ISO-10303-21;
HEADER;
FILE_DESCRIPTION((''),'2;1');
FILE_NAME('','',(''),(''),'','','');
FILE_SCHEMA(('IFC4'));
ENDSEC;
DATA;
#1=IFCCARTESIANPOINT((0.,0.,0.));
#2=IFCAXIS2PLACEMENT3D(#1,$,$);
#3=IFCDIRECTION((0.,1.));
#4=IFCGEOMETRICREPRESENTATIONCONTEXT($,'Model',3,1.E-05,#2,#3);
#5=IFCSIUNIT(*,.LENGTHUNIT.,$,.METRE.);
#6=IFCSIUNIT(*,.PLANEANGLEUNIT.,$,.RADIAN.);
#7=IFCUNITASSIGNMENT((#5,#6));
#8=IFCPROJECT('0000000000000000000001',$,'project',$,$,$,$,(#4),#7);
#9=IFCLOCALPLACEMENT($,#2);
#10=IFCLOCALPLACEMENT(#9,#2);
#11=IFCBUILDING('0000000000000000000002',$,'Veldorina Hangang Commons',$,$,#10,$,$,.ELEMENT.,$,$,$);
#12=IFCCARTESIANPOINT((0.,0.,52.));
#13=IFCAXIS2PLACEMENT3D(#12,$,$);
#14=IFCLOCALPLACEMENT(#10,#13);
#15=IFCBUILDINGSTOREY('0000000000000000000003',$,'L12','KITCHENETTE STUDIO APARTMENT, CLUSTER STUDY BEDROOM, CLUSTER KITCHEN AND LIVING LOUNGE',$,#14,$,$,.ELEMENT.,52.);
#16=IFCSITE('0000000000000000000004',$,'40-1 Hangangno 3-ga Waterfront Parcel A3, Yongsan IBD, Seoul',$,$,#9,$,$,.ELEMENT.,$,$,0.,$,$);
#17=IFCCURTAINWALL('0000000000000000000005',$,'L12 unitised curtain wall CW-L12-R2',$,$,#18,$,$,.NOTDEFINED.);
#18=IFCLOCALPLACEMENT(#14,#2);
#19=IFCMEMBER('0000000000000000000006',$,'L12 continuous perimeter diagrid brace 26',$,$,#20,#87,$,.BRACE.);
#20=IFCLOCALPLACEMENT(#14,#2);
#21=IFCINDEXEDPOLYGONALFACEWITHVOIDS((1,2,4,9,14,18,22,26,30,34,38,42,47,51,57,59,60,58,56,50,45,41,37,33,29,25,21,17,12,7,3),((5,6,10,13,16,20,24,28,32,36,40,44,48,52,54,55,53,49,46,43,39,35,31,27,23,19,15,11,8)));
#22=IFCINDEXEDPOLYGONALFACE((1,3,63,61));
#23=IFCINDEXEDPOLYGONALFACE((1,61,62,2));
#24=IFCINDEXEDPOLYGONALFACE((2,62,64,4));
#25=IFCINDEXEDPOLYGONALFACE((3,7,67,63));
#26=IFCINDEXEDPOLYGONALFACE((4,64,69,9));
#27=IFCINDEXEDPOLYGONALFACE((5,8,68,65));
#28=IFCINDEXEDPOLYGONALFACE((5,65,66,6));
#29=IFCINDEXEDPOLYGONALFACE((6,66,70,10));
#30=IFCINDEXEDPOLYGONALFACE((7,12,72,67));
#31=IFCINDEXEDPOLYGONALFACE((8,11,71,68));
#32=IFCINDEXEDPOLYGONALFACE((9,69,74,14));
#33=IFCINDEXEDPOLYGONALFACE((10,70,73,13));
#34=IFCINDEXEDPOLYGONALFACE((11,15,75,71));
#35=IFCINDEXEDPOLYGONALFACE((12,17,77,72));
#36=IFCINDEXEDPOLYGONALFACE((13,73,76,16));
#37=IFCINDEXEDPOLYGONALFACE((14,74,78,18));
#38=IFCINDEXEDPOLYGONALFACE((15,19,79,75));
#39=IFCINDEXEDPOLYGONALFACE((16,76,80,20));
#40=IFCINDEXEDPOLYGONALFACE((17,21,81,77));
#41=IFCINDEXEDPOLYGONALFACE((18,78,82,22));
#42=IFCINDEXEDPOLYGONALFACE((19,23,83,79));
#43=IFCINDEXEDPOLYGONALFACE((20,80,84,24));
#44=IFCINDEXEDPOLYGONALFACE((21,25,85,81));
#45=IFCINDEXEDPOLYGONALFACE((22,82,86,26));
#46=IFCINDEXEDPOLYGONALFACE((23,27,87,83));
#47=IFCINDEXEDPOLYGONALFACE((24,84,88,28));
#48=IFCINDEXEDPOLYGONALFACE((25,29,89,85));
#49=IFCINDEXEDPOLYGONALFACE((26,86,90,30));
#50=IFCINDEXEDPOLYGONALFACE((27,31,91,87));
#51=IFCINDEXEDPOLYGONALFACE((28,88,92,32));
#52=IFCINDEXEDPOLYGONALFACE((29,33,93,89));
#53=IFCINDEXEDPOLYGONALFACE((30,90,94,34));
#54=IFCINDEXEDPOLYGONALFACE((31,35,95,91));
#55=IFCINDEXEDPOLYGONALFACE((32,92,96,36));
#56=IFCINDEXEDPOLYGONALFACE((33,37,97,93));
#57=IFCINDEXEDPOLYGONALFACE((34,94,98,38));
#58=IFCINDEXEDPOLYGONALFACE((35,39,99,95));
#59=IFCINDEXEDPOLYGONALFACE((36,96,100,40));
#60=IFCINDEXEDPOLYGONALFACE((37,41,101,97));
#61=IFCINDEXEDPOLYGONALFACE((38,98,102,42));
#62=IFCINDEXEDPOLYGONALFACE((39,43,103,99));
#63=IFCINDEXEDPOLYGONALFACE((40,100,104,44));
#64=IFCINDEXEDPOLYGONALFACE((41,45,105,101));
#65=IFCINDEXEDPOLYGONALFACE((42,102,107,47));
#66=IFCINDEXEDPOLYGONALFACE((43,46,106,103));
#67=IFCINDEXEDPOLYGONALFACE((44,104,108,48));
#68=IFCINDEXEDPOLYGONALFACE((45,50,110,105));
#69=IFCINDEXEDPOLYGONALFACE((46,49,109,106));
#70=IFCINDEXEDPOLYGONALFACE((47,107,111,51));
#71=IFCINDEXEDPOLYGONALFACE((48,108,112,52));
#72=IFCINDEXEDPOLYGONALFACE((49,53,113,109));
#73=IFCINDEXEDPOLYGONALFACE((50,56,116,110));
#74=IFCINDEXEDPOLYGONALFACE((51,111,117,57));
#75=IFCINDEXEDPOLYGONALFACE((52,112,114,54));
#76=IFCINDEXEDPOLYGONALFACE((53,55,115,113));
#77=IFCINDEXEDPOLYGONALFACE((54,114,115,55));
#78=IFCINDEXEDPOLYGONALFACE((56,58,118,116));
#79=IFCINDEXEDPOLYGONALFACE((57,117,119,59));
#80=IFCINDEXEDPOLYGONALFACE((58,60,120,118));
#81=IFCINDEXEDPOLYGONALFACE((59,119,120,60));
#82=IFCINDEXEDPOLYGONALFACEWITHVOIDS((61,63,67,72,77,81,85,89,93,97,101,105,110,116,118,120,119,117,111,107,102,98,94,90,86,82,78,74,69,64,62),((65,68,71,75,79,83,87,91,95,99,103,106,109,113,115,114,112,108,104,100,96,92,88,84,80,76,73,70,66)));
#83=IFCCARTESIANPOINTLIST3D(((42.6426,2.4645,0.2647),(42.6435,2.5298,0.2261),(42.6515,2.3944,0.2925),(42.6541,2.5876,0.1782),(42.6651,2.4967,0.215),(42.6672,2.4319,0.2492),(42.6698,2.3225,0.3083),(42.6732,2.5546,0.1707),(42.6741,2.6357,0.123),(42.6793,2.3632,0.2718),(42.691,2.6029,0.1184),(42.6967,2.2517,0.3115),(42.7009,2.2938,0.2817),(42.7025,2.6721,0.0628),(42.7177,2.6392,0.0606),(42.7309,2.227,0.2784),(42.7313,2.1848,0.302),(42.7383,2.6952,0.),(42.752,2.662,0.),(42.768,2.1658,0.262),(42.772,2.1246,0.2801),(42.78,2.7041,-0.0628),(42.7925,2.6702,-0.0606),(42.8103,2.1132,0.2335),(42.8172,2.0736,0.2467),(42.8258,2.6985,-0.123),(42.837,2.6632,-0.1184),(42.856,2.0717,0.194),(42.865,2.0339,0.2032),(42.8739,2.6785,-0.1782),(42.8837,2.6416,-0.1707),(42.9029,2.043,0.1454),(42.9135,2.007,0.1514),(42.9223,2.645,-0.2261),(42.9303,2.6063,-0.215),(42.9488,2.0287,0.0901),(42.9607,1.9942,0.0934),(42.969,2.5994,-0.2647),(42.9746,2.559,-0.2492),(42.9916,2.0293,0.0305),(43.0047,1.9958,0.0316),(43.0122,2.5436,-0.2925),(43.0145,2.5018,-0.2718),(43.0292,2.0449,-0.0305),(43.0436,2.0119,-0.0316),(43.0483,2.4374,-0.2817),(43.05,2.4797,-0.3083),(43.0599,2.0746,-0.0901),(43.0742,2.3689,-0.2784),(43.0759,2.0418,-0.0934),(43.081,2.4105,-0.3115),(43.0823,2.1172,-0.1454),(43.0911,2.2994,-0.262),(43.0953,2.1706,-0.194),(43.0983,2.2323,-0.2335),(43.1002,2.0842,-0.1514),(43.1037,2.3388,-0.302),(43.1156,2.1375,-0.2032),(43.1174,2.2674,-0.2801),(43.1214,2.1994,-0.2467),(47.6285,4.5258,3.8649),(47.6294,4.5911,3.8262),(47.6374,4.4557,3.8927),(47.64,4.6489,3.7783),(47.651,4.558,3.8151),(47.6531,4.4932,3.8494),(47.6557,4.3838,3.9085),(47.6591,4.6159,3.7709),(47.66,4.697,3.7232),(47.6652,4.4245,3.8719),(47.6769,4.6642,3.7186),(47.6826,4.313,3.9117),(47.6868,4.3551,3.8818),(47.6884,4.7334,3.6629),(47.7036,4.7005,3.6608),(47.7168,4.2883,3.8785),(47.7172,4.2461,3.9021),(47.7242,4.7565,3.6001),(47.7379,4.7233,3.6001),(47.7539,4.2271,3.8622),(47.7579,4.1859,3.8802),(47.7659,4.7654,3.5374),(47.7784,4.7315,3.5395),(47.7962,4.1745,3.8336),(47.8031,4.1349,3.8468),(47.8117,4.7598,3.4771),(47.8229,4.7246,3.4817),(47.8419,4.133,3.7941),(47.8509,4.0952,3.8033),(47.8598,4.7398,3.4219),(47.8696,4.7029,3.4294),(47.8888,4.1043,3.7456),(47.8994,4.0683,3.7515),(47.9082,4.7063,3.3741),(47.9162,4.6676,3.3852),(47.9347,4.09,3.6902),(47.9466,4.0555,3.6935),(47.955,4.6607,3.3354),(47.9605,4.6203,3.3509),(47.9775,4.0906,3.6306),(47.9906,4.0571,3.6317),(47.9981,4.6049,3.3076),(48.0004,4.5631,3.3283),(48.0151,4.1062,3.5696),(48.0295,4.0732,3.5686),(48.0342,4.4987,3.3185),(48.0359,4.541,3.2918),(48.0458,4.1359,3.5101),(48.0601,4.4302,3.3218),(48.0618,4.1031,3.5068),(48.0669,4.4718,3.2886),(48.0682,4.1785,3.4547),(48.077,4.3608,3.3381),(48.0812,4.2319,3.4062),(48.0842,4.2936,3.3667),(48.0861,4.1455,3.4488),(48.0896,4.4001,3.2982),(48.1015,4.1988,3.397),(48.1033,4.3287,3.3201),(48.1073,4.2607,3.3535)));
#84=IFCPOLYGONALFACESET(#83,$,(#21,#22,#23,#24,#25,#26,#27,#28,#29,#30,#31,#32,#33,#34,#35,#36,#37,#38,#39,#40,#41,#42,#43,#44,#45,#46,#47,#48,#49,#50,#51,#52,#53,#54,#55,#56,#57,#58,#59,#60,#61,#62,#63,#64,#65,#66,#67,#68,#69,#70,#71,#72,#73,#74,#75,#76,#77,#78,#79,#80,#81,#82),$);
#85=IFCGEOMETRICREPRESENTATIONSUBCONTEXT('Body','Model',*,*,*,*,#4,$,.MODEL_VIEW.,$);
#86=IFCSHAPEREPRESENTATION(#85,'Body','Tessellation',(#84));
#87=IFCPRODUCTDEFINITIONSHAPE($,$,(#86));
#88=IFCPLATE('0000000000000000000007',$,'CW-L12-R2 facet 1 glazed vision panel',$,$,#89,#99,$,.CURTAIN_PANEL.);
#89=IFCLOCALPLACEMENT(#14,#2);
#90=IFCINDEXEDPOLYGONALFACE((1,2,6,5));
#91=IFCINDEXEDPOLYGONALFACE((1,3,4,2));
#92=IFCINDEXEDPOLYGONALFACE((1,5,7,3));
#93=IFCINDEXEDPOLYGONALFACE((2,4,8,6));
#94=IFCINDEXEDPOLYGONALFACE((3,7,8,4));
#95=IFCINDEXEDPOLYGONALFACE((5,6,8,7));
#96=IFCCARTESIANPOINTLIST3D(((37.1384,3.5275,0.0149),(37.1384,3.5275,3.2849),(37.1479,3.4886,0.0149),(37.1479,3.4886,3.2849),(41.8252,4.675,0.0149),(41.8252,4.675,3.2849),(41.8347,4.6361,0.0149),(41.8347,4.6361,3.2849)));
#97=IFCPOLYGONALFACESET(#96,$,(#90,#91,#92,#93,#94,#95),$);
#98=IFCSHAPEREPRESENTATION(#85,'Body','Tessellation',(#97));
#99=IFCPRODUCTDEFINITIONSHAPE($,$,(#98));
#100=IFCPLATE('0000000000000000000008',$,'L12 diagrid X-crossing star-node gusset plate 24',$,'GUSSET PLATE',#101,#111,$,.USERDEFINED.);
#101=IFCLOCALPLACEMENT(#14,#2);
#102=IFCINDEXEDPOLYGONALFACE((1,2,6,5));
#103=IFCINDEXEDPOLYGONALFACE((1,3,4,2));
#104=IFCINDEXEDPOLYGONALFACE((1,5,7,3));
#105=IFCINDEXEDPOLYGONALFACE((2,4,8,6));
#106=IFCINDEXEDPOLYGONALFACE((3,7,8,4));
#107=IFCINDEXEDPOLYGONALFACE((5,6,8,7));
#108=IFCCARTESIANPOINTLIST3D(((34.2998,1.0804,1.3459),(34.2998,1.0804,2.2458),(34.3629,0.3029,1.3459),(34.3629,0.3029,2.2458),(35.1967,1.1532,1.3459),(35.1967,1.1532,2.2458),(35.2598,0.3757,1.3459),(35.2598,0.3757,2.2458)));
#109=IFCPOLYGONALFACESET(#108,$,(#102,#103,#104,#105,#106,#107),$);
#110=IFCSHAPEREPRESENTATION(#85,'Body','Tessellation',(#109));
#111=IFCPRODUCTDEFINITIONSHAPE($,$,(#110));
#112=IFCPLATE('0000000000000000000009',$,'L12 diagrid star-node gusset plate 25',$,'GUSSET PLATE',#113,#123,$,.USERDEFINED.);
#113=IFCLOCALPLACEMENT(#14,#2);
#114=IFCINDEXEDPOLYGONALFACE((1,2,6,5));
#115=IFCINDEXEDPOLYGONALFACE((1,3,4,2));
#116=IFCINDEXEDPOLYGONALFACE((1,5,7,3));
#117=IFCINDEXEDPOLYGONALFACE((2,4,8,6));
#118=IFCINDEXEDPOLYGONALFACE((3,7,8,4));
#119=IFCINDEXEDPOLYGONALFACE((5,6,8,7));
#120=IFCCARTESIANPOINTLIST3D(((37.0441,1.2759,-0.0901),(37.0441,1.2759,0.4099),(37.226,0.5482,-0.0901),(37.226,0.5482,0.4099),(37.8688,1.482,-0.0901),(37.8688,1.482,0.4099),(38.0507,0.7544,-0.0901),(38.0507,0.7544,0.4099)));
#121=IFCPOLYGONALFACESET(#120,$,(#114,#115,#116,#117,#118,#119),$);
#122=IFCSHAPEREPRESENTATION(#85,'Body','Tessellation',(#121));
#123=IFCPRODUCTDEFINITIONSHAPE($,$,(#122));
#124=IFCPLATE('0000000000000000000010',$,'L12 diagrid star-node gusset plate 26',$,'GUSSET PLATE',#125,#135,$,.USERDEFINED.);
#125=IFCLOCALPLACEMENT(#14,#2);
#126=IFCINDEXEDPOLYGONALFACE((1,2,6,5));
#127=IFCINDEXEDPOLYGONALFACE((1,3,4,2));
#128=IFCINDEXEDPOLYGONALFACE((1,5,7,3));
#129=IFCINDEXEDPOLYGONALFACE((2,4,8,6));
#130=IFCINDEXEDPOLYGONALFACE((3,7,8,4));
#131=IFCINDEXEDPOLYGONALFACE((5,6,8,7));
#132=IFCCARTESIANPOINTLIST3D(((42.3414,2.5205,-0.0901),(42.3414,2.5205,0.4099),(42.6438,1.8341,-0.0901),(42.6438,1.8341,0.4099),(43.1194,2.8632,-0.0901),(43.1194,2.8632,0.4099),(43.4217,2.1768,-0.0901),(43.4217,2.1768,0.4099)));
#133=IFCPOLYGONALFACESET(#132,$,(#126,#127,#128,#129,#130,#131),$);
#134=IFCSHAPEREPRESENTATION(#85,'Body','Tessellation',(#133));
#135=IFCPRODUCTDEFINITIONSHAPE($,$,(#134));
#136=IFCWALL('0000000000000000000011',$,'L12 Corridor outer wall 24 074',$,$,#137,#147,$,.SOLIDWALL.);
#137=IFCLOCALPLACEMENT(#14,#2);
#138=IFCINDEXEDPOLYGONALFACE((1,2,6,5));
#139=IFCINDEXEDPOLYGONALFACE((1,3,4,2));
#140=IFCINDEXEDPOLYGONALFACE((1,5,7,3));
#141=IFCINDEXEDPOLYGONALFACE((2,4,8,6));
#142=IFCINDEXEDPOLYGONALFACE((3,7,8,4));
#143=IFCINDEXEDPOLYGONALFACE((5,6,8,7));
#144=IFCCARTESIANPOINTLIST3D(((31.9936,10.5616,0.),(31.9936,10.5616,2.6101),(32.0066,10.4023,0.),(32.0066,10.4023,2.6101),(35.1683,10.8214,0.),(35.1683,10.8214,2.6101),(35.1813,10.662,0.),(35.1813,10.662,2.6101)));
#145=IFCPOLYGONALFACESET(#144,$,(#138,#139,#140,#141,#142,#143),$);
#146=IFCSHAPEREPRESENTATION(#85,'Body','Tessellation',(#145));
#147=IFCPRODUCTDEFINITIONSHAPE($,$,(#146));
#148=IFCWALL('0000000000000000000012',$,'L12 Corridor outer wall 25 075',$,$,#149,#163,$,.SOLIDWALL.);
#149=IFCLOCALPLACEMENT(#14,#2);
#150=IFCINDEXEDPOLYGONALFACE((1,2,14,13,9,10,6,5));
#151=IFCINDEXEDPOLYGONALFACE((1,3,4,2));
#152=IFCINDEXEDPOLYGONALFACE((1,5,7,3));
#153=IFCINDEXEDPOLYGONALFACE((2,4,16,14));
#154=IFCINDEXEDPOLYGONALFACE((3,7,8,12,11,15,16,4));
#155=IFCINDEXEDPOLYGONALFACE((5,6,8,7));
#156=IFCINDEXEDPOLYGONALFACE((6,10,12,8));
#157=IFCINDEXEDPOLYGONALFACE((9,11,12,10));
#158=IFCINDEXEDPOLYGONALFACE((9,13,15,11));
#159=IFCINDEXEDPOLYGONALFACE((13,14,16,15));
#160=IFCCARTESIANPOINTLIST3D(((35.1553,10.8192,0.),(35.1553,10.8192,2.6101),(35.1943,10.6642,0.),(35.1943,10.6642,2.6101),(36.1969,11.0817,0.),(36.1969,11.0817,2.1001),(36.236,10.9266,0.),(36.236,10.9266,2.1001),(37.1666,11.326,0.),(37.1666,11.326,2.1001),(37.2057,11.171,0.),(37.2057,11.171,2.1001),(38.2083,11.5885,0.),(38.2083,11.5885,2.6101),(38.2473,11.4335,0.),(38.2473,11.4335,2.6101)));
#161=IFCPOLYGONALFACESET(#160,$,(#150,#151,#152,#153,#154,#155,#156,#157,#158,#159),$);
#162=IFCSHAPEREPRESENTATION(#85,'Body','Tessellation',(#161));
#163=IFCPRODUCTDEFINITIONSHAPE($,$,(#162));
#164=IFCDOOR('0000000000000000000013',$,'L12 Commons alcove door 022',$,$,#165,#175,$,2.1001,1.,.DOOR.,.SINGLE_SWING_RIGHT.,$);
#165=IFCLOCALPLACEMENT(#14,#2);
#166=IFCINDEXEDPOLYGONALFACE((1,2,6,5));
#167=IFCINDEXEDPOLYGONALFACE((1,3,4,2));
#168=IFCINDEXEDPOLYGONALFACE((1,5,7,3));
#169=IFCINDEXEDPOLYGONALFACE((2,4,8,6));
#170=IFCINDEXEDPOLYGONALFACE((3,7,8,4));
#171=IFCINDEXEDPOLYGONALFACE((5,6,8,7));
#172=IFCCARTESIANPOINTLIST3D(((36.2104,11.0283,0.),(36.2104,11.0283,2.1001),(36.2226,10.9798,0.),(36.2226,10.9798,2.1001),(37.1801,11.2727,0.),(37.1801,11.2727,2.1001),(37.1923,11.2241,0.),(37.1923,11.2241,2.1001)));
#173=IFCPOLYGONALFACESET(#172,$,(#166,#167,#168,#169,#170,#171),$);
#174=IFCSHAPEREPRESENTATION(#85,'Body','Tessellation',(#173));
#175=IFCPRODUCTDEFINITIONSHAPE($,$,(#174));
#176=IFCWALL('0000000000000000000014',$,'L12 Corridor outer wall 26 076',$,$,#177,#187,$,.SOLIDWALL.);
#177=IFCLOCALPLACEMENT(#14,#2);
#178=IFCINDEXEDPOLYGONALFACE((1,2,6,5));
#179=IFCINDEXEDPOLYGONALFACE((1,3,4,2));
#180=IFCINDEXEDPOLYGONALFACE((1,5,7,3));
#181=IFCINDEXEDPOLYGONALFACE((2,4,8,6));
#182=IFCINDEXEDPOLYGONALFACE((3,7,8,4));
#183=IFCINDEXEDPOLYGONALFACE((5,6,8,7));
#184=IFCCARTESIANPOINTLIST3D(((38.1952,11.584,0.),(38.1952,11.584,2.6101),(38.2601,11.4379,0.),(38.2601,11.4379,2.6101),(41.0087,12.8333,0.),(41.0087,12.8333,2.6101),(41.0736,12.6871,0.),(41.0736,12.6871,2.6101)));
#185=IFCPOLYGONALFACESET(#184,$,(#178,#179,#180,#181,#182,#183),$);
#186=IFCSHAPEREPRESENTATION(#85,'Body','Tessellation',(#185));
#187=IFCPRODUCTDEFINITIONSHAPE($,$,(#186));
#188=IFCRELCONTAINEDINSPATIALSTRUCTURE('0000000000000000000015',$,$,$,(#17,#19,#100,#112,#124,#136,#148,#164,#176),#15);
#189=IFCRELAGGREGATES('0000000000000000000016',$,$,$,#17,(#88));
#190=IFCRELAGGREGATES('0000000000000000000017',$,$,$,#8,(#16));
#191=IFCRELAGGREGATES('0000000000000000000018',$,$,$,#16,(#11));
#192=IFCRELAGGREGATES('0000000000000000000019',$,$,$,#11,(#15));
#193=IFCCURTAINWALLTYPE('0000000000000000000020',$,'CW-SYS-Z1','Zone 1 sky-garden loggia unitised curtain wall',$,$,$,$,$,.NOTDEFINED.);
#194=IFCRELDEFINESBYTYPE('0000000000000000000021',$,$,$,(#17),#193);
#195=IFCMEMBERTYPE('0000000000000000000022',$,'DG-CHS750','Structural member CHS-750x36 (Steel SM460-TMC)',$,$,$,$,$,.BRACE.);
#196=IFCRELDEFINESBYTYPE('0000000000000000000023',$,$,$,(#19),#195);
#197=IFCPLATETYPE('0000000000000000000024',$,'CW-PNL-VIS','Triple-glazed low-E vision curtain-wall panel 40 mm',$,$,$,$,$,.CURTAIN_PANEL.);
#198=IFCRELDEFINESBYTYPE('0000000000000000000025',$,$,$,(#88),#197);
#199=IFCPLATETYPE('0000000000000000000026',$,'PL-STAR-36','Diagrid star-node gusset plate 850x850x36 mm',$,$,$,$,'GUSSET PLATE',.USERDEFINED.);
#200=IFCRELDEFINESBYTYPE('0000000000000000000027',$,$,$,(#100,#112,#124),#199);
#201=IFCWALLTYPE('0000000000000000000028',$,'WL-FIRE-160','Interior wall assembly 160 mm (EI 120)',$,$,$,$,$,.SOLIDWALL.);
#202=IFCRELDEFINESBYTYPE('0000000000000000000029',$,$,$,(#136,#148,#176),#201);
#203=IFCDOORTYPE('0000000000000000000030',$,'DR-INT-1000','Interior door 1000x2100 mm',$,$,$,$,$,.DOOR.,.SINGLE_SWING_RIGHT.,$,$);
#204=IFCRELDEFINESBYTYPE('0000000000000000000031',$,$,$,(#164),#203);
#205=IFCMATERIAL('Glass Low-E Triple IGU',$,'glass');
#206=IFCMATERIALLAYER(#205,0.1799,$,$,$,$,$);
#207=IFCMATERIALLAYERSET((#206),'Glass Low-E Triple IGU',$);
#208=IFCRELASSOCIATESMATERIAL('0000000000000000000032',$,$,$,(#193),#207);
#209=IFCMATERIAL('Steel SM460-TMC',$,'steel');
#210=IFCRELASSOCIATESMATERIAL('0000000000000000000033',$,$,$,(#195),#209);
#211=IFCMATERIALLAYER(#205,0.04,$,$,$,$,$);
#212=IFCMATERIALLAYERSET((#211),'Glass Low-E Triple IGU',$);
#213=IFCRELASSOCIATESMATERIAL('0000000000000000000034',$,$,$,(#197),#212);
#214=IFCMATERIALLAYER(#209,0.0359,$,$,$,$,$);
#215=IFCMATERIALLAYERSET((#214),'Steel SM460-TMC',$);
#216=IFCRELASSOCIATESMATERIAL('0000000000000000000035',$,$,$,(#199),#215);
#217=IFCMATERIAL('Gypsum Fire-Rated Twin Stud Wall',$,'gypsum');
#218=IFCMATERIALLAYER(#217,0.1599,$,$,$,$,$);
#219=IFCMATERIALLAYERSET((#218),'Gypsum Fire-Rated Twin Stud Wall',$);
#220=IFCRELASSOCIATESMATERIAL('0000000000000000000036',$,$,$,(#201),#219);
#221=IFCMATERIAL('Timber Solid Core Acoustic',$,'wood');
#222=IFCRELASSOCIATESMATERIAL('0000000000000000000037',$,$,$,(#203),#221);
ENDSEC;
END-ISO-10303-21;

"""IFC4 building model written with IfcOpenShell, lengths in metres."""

from ifc_helpers import new_model, si_unit, direction, frame, frame_2d, origin, origin_2d, place, context, subcontext, project, spatial, rectangle, hollow_circle, extrude, material, layer, layer_set, material_profile, profile_set, type_object, element, fill, aggregate, save


model = new_model("IFC4")

# Units and contexts
model_context = context("Model", 3, precision=1e-05, world=origin(), true_north=direction((0.0, 1.0)))
body_context = subcontext(model_context, "Body", "Model", "MODEL_VIEW")
ifc_project = project(units=[si_unit("LENGTHUNIT", "METRE"), si_unit("PLANEANGLEUNIT", "RADIAN")], contexts=[model_context])

# Site, building, storey
site_placement = place(None, origin())
site = spatial("IfcSite", under=ifc_project, at=site_placement, Name="40-1 Hangangno 3-ga Waterfront Parcel A3, Yongsan IBD, Seoul", CompositionType="ELEMENT", RefElevation=0.0)
building_placement = place(site_placement, origin())
building = spatial("IfcBuilding", under=site, at=building_placement, Name="Veldorina Hangang Commons", CompositionType="ELEMENT")
storey_placement = place(building_placement, frame((0.0, 0.0, 52.0)))
storey = spatial("IfcBuildingStorey", under=building, at=storey_placement, Name="L12", Description="KITCHENETTE STUDIO APARTMENT, CLUSTER STUDY BEDROOM, CLUSTER KITCHEN AND LIVING LOUNGE", CompositionType="ELEMENT", Elevation=52.0)

# Shared definitions
ifc_material_1 = material(Name="Steel SM460-TMC", Category="steel")

# Shared definitions
ifc_material_2 = material(Name="Glass Low-E Triple IGU", Category="glass")
ifc_layer_1 = layer(ifc_material_2, 0.1799)
ifc_layer_set_1 = layer_set([ifc_layer_1], Name="Glass Low-E Triple IGU")
curtain_wall_type = type_object("IfcCurtainWallType", Name="CW-SYS-Z1", Description="Zone 1 sky-garden loggia unitised curtain wall", PredefinedType="NOTDEFINED", material=ifc_layer_set_1)

# Curtain wall
curtain_wall_1_placement = place(storey_placement, origin())
curtain_wall_1 = element("IfcCurtainWall", 1, at=curtain_wall_1_placement, inside=storey, type_object=curtain_wall_type, Name="L12 unitised curtain wall CW-L12-R2", PredefinedType="NOTDEFINED")

# Member
ifc_material_profile_1 = material_profile(ifc_material_1, hollow_circle(Radius=0.375, WallThickness=0.0359, at=origin_2d()), Name="CHS-750x36")
ifc_profile_set_1 = profile_set([ifc_material_profile_1], Name="Steel SM460-TMC")
member_type_1 = type_object("IfcMemberType", Name="DG-CHS750", Description="Structural member CHS-750x36 (Steel SM460-TMC)", PredefinedType="BRACE", material=ifc_profile_set_1)
member_1_placement = place(storey_placement, frame((42.8816, 2.3486, 0.0), z_axis=(0.768708, 0.317804, 0.555057), x_axis=(-0.382063, 0.924136, 0.0)))
element("IfcMember", 2, at=member_1_placement, inside=storey, type_object=member_type_1, Name="L12 continuous perimeter diagrid brace 26", PredefinedType="BRACE", context=body_context, shape_type="SweptSolid", body=[
    extrude(hollow_circle(Radius=0.375, WallThickness=0.0359, at=origin_2d()), origin(), (0.0, 0.0, 1.0), 6.4861),
])

# Plate
ifc_layer_2 = layer(ifc_material_2, 0.04)
ifc_layer_set_2 = layer_set([ifc_layer_2], Name="Glass Low-E Triple IGU")
plate_type_1 = type_object("IfcPlateType", Name="CW-PNL-VIS", Description="Triple-glazed low-E vision curtain-wall panel 40 mm", PredefinedType="CURTAIN_PANEL", material=ifc_layer_set_2)
plate_1_placement = place(storey_placement, frame((39.4866, 4.0818, 0.0149), z_axis=(0.0, 0.0, 1.0), x_axis=(0.971313, 0.237805, 0.0)))
plate_1 = element("IfcPlate", 3, at=plate_1_placement, type_object=plate_type_1, Name="CW-L12-R2 facet 1 glazed vision panel", PredefinedType="CURTAIN_PANEL", context=body_context, shape_type="SweptSolid", body=[
    extrude(rectangle(XDim=4.8252, YDim=0.04, at=origin_2d()), origin(), (0.0, 0.0, 1.0), 3.27),
])
aggregate(curtain_wall_1, [plate_1])

# Plates
ifc_layer_3 = layer(ifc_material_1, 0.0359)
ifc_layer_set_3 = layer_set([ifc_layer_3], Name="Steel SM460-TMC")
plate_type_2 = type_object("IfcPlateType", Name="PL-STAR-36", Description="Diagrid star-node gusset plate 850x850x36 mm", ElementType="GUSSET PLATE", PredefinedType="USERDEFINED", material=ifc_layer_set_3)
plate_2_placement = place(storey_placement, frame((34.7798, 0.728, 1.3459), z_axis=(0.0, 0.0, 1.0), x_axis=(0.996721, 0.080912, 0.0)))
element("IfcPlate", 4, at=plate_2_placement, inside=storey, type_object=plate_type_2, Name="L12 diagrid X-crossing star-node gusset plate 24", ObjectType="GUSSET PLATE", PredefinedType="USERDEFINED", context=body_context, shape_type="SweptSolid", body=[
    extrude(rectangle(XDim=0.8999, YDim=0.78, at=origin_2d()), origin(), (0.0, 0.0, 1.0), 0.8999),
])
for number, where, z_axis, x_axis, name in (
    (5, (37.5474, 1.0151, -0.0901), (0.0, 0.0, 1.0), (0.970144, 0.242532, 0.0), "L12 diagrid star-node gusset plate 25"),
    (6, (42.8816, 2.3486, -0.0901), (0.0, 0.0, 1.0), (0.915143, 0.40313, 0.0), "L12 diagrid star-node gusset plate 26"),
):
    element("IfcPlate", number, at=place(storey_placement, frame(where, z_axis=z_axis, x_axis=x_axis)), inside=storey, type_object=plate_type_2, Name=name, ObjectType="GUSSET PLATE", PredefinedType="USERDEFINED", context=body_context, shape_type="SweptSolid", body=[
        extrude(rectangle(XDim=0.8501, YDim=0.75, at=origin_2d()), origin(), (0.0, 0.0, 1.0), 0.5),
    ])

# Wall
ifc_material_3 = material(Name="Gypsum Fire-Rated Twin Stud Wall", Category="gypsum")
ifc_layer_4 = layer(ifc_material_3, 0.1599)
ifc_layer_set_4 = layer_set([ifc_layer_4], Name="Gypsum Fire-Rated Twin Stud Wall")
wall_type_1 = type_object("IfcWallType", Name="WL-FIRE-160", Description="Interior wall assembly 160 mm (EI 120)", PredefinedType="SOLIDWALL", material=ifc_layer_set_4)
wall_1_placement = place(storey_placement, frame((32.0, 10.4819, 0.0), z_axis=(0.0, 0.0, 1.0), x_axis=(0.996669, 0.081548, 0.0)))
element("IfcWall", 7, at=wall_1_placement, inside=storey, type_object=wall_type_1, Name="L12 Corridor outer wall 24 074", PredefinedType="SOLIDWALL", context=body_context, shape_type="SweptSolid", body=[
    extrude(rectangle(XDim=3.1853, YDim=0.1599, at=frame_2d((1.5928, 0.0))), origin(), (0.0, 0.0, 1.0), 2.6101),
])

# Wall, opening, door
wall_2_placement = place(storey_placement, frame((35.1748, 10.7417, 0.0), z_axis=(0.0, 0.0, 1.0), x_axis=(0.969689, 0.244342, 0.0)))
wall_2 = element("IfcWall", 8, at=wall_2_placement, inside=storey, type_object=wall_type_1, Name="L12 Corridor outer wall 25 075", PredefinedType="SOLIDWALL", context=body_context, shape_type="SweptSolid", body=[
    extrude(rectangle(XDim=3.1484, YDim=0.1599, at=frame_2d((1.5742, 0.0))), origin(), (0.0, 0.0, 1.0), 2.6101),
])
opening_1_placement = place(wall_2_placement, frame((1.0742, 0.0, 0.0)))
opening_1 = element("IfcOpeningElement", 9, at=opening_1_placement, cuts=wall_2, PredefinedType="OPENING", context=body_context, shape_type="SweptSolid", body=[
    extrude(rectangle(XDim=1.0, YDim=2.1001, at=frame_2d((0.5, 1.05))), frame((0.0, 0.0898, 0.0), z_axis=(0.0, -1.0, 0.0), x_axis=(1.0, 0.0, 0.0)), (0.0, 0.0, 1.0), 0.1799),
])
ifc_material_4 = material(Name="Timber Solid Core Acoustic", Category="wood")
door_type_1 = type_object("IfcDoorType", Name="DR-INT-1000", Description="Interior door 1000x2100 mm", OperationType="SINGLE_SWING_RIGHT", PredefinedType="DOOR", material=ifc_material_4)
door_1_placement = place(opening_1_placement, origin())
door_1 = element("IfcDoor", 10, at=door_1_placement, inside=storey, type_object=door_type_1, Name="L12 Commons alcove door 022", OperationType="SINGLE_SWING_RIGHT", OverallHeight=2.1001, OverallWidth=1.0, PredefinedType="DOOR", context=body_context, shape_type="SweptSolid", body=[
    extrude(rectangle(XDim=1.0, YDim=2.1001, at=frame_2d((0.5, 1.05))), frame((0.0, 0.0249, 0.0), z_axis=(0.0, -1.0, 0.0), x_axis=(1.0, 0.0, 0.0)), (0.0, 0.0, 1.0), 0.05),
])
fill(opening_1, door_1)

# Wall
wall_3_placement = place(storey_placement, frame((38.2278, 11.511, 0.0), z_axis=(0.0, 0.0, 1.0), x_axis=(0.913952, 0.405822, 0.0)))
element("IfcWall", 11, at=wall_3_placement, inside=storey, type_object=wall_type_1, Name="L12 Corridor outer wall 26 076", PredefinedType="SOLIDWALL", context=body_context, shape_type="SweptSolid", body=[
    extrude(rectangle(XDim=3.0784, YDim=0.1599, at=frame_2d((1.5391, 0.0))), origin(), (0.0, 0.0, 1.0), 2.6101),
])

save(model, "model.ifc")
